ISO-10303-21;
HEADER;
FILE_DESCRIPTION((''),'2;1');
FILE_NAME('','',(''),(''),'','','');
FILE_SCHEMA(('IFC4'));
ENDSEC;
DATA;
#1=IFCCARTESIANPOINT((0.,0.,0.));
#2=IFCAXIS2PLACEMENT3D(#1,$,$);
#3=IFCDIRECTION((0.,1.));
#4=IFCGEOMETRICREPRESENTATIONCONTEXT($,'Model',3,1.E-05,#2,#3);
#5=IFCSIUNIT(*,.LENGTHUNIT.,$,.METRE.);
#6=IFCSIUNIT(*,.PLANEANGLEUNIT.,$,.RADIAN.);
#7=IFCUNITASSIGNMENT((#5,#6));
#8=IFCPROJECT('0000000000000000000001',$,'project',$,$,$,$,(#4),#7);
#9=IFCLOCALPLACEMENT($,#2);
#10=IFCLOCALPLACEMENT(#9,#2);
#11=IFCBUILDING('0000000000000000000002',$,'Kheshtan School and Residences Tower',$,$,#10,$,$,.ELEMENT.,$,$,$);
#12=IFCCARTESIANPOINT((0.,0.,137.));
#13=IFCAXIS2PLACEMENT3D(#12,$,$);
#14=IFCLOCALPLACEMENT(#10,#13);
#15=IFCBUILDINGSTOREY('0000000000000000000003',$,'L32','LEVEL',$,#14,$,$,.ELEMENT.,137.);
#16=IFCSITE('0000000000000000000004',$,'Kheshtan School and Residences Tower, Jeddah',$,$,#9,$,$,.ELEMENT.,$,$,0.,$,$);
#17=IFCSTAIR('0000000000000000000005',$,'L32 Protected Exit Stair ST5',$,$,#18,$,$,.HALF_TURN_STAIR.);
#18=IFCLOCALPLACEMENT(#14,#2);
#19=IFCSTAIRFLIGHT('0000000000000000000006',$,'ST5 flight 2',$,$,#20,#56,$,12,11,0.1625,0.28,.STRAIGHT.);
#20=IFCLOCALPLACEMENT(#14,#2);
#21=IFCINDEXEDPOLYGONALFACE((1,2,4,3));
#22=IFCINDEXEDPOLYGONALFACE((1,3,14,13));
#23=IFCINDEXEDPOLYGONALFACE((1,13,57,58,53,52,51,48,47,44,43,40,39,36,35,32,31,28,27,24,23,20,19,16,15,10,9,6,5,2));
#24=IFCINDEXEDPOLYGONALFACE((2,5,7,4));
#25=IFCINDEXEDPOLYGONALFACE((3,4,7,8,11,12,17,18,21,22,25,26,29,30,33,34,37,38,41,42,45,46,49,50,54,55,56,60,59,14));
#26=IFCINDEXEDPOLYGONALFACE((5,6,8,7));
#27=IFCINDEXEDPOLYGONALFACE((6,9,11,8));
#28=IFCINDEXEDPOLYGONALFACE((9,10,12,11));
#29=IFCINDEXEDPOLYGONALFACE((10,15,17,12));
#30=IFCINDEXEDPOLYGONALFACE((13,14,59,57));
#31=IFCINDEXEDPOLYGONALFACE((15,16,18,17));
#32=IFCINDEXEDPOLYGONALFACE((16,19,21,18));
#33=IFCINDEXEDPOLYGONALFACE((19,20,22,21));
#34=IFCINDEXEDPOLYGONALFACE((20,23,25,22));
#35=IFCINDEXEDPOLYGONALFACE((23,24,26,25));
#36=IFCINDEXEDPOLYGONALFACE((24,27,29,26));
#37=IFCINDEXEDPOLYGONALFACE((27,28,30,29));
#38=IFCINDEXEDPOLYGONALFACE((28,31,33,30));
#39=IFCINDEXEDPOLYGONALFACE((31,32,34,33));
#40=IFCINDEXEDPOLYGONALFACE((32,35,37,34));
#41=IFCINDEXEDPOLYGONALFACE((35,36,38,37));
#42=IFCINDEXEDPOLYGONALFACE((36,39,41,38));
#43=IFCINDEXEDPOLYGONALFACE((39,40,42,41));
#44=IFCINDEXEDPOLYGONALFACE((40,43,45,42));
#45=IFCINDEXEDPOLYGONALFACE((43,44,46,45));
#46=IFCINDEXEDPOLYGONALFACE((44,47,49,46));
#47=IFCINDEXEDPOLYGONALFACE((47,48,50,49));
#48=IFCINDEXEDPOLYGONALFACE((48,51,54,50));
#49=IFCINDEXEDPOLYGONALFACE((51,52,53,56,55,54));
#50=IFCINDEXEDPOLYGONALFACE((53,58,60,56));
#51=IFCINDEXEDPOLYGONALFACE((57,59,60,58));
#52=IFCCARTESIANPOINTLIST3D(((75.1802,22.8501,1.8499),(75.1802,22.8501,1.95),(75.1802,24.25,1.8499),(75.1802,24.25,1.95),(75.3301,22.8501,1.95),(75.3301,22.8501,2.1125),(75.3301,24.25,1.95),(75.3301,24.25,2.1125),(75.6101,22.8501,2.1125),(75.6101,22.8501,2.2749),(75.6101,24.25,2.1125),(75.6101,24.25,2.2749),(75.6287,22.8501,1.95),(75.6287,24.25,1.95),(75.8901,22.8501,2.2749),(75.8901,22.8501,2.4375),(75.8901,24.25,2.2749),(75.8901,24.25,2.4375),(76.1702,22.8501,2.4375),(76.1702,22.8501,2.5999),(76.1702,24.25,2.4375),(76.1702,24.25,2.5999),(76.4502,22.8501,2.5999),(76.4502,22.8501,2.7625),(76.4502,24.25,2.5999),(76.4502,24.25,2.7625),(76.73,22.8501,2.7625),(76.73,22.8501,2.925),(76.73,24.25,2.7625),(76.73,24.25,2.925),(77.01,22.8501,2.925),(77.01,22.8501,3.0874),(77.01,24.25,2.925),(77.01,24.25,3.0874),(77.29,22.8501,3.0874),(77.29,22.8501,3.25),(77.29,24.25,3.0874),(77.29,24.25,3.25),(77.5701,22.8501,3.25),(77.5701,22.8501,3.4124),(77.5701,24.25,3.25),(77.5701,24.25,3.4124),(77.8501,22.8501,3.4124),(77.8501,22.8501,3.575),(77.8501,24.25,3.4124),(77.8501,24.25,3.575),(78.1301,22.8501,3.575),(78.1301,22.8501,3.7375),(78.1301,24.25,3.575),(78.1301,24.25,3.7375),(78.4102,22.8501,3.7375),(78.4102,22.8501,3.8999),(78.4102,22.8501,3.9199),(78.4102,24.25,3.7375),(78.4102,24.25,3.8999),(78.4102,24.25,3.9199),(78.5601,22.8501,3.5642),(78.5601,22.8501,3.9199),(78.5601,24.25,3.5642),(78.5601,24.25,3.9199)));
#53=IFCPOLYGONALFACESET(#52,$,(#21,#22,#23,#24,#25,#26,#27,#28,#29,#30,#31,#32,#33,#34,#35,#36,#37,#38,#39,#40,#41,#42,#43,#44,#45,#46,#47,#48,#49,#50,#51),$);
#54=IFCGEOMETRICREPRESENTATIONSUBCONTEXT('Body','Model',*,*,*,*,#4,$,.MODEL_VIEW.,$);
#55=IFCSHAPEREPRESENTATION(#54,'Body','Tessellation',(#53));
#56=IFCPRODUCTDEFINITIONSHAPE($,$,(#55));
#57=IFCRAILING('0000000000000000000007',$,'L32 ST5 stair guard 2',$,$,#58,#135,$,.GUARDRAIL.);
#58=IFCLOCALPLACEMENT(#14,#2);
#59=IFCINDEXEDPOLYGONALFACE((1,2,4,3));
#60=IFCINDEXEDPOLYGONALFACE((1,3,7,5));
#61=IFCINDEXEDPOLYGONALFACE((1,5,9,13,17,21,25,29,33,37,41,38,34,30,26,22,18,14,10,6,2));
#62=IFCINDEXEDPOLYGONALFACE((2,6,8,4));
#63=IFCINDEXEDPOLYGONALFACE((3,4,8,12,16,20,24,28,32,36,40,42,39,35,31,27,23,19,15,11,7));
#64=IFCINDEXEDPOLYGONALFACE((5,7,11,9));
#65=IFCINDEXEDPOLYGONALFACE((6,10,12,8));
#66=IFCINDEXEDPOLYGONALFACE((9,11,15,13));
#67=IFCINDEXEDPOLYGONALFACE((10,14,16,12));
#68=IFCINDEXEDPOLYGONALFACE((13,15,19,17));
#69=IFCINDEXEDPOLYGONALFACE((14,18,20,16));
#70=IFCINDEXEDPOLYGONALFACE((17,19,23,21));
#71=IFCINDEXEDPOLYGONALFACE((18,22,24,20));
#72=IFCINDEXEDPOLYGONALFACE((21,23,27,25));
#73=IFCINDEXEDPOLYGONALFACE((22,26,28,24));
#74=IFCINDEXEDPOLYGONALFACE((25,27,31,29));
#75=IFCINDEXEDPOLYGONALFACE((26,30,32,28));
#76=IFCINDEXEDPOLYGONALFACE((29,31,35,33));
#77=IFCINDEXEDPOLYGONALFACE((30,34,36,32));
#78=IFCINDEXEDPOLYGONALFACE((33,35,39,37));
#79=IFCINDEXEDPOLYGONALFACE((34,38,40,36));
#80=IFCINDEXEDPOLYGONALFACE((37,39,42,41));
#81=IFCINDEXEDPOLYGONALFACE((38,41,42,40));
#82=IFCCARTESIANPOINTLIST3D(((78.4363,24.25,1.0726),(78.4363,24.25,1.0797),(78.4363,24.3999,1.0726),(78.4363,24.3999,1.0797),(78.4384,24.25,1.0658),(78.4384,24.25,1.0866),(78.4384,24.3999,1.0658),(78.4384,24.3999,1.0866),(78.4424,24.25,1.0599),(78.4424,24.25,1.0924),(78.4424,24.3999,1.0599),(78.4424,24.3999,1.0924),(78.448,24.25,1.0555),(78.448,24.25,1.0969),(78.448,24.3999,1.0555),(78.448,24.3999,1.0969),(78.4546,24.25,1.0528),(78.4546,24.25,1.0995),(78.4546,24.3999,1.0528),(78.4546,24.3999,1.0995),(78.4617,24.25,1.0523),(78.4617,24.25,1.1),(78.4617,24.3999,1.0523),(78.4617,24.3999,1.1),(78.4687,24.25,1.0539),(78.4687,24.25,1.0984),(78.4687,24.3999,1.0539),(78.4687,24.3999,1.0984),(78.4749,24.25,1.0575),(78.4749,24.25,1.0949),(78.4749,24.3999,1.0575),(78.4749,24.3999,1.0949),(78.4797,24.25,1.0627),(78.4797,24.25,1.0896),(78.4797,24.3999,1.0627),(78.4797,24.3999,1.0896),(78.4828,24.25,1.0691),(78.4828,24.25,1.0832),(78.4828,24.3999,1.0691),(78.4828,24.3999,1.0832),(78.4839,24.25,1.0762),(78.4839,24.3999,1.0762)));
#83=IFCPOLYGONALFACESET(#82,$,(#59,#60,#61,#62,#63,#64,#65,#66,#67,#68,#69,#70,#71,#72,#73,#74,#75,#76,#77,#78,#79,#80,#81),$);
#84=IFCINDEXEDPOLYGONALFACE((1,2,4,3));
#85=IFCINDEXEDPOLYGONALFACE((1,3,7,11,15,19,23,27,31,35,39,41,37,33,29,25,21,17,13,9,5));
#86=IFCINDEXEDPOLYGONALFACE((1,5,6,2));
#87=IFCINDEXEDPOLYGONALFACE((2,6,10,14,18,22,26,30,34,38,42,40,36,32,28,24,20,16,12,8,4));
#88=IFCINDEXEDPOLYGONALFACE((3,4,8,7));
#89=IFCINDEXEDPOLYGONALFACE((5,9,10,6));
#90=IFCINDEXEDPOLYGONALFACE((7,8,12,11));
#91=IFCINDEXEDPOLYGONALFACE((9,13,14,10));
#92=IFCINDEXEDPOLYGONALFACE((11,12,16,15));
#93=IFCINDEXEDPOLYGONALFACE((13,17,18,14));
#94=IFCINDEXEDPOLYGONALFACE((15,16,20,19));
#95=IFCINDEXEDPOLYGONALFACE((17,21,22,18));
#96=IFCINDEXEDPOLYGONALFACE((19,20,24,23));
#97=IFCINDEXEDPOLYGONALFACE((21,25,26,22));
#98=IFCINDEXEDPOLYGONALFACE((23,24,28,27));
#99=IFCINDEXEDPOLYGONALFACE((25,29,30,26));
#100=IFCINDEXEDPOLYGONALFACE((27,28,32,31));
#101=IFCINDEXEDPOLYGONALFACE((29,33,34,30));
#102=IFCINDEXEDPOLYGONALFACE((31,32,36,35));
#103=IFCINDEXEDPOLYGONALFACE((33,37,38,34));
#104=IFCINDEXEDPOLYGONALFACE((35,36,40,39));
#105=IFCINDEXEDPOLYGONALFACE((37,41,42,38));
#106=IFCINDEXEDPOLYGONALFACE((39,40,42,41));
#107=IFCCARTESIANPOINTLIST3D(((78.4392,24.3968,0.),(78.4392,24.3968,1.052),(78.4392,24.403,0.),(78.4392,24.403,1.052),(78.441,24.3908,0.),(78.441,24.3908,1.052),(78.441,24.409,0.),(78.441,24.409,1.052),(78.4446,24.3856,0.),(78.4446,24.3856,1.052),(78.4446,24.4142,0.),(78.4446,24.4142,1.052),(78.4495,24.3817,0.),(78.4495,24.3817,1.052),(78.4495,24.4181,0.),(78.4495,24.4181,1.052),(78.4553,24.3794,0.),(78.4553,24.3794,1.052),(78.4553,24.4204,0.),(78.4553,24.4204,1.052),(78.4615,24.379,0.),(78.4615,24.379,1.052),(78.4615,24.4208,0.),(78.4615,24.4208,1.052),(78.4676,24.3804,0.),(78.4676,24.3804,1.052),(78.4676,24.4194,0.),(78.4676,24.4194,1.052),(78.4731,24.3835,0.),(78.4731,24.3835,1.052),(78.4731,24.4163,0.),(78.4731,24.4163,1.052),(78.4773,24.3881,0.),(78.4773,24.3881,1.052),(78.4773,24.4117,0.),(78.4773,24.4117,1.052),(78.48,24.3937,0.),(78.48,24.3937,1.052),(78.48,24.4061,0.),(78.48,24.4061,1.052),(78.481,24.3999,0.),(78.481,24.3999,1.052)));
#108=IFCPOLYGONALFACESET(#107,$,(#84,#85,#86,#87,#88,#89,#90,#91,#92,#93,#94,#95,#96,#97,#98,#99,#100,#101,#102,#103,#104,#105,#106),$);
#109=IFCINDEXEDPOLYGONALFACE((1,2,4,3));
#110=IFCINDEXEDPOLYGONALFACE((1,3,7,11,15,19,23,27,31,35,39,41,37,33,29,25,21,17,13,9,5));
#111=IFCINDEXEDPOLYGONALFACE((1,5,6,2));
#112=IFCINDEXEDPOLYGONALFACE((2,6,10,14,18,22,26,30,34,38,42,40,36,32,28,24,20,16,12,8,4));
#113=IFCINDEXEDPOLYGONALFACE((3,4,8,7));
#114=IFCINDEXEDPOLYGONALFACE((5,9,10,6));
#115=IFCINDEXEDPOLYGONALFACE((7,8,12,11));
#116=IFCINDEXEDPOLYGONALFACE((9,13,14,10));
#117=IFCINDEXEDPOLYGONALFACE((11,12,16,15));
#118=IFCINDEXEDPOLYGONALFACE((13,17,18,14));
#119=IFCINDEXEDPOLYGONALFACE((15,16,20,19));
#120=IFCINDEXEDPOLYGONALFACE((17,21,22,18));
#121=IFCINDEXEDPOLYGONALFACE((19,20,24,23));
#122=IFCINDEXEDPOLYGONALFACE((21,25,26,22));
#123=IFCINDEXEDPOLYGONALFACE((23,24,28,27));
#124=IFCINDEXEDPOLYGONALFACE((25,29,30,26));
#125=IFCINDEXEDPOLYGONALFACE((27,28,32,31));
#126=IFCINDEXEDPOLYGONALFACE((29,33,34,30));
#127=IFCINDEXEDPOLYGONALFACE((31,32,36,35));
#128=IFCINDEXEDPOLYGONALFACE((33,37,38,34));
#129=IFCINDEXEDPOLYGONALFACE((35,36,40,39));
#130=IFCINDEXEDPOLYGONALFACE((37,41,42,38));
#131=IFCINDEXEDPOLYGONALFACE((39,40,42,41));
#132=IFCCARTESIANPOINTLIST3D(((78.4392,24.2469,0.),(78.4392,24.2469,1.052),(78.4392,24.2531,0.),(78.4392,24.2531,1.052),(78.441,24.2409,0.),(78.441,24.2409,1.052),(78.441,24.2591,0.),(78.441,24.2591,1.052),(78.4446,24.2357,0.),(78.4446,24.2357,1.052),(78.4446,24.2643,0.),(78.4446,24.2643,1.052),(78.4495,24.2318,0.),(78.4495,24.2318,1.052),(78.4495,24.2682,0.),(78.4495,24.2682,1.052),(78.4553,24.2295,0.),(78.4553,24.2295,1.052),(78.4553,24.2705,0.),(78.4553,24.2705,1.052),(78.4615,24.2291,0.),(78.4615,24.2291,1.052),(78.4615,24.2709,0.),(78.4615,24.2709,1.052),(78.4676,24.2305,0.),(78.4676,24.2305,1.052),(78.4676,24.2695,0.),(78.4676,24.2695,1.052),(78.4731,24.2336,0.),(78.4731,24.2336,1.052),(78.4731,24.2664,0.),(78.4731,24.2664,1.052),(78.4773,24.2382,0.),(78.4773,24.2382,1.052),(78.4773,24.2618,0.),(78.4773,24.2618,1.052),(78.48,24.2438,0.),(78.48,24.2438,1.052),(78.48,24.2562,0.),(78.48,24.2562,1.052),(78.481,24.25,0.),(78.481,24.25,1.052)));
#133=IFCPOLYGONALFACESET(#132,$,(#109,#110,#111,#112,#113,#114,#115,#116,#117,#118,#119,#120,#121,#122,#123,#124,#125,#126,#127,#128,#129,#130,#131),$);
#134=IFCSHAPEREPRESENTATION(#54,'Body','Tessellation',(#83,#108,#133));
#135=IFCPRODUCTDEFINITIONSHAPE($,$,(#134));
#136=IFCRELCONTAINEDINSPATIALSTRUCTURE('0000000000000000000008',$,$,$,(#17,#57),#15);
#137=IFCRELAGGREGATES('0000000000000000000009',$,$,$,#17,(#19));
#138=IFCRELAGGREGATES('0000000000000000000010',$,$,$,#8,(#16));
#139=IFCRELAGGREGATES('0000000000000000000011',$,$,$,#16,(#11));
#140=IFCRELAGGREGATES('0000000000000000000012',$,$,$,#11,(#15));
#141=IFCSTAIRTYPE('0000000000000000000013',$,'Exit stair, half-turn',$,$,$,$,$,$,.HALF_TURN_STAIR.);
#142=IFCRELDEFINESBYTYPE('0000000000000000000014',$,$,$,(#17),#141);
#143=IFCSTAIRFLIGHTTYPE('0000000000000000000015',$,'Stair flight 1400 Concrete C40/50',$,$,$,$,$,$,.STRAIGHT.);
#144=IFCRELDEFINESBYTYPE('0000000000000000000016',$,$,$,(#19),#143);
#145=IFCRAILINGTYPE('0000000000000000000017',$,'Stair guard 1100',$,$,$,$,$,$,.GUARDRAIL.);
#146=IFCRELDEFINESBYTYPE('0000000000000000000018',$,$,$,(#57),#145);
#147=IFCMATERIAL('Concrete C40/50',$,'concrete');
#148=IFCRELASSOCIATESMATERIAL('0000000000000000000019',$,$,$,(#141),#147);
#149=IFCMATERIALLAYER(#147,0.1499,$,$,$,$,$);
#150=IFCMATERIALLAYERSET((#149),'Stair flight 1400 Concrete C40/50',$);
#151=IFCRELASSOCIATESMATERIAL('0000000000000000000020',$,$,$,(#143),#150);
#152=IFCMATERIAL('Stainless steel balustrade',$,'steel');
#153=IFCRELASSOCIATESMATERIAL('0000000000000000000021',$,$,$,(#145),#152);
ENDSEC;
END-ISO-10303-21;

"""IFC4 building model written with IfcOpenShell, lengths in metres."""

from ifc_helpers import new_model, si_unit, direction, frame, origin, origin_2d, place, context, subcontext, project, spatial, polyline, circle, outline, extrude, material, layer, layer_set, type_object, element, aggregate, save


model = new_model("IFC4")

# Units and contexts
model_context = context("Model", 3, precision=1e-05, world=origin(), true_north=direction((0.0, 1.0)))
body_context = subcontext(model_context, "Body", "Model", "MODEL_VIEW")
ifc_project = project(units=[si_unit("LENGTHUNIT", "METRE"), si_unit("PLANEANGLEUNIT", "RADIAN")], contexts=[model_context])

# Site, building, storey
site_placement = place(None, origin())
site = spatial("IfcSite", under=ifc_project, at=site_placement, Name="Kheshtan School and Residences Tower, Jeddah", CompositionType="ELEMENT", RefElevation=0.0)
building_placement = place(site_placement, origin())
building = spatial("IfcBuilding", under=site, at=building_placement, Name="Kheshtan School and Residences Tower", CompositionType="ELEMENT")
storey_placement = place(building_placement, frame((0.0, 0.0, 137.0)))
storey = spatial("IfcBuildingStorey", under=building, at=storey_placement, Name="L32", Description="LEVEL", CompositionType="ELEMENT", Elevation=137.0)

# Shared definitions
ifc_material_1 = material(Name="Concrete C40/50", Category="concrete")

# Stair, stair flight
stair_type = type_object("IfcStairType", Name="Exit stair, half-turn", PredefinedType="HALF_TURN_STAIR", material=ifc_material_1)
stair_placement = place(storey_placement, origin())
stair = element("IfcStair", 1, at=stair_placement, inside=storey, type_object=stair_type, Name="L32 Protected Exit Stair ST5", PredefinedType="HALF_TURN_STAIR")
ifc_layer_1 = layer(ifc_material_1, 0.1499)
ifc_layer_set_1 = layer_set([ifc_layer_1], Name="Stair flight 1400 Concrete C40/50")
stair_flight_type = type_object("IfcStairFlightType", Name="Stair flight 1400 Concrete C40/50", PredefinedType="STRAIGHT", material=ifc_layer_set_1)
stair_flight_1_placement = place(storey_placement, frame((75.3301, 23.55, 1.95), z_axis=(0.0, 0.0, 1.0), x_axis=(1.0, 0.0, 0.0)))
stair_flight_1 = element("IfcStairFlight", 2, at=stair_flight_1_placement, type_object=stair_flight_type, Name="ST5 flight 2", NumberOfRisers=12, NumberOfTreads=11, PredefinedType="STRAIGHT", RiserHeight=0.1625, TreadLength=0.28, context=body_context, shape_type="SweptSolid", body=[
    extrude(outline(polyline([(-0.1499, -0.1001), (-0.1499, 0.0), (0.0, 0.0), (0.0, 0.1626), (0.28, 0.1626), (0.28, 0.325), (0.5601, 0.325), (0.5601, 0.4875), (0.8401, 0.4875), (0.8401, 0.6499), (1.1201, 0.6499), (1.1201, 0.8125), (1.3999, 0.8125), (1.3999, 0.9751), (1.6799, 0.9751), (1.6799, 1.1375), (1.96, 1.1375), (1.96, 1.3), (2.24, 1.3), (2.24, 1.4624), (2.52, 1.4624), (2.52, 1.625), (2.8, 1.625), (2.8, 1.7876), (3.0801, 1.7876), (3.0801, 1.95), (3.0801, 1.97), (3.23, 1.97), (3.23, 1.6143), (0.2986, 0.0), (-0.1499, -0.1001)])), frame((0.0, 0.7, 0.0), z_axis=(0.0, -1.0, 0.0), x_axis=(1.0, 0.0, 0.0)), (0.0, 0.0, 1.0), 1.3999),
])
aggregate(stair, [stair_flight_1])

# Railing
ifc_material_2 = material(Name="Stainless steel balustrade", Category="steel")
railing_type_1 = type_object("IfcRailingType", Name="Stair guard 1100", PredefinedType="GUARDRAIL", material=ifc_material_2)
railing_1_placement = place(storey_placement, frame((78.46, 24.3999, 0.0)))
element("IfcRailing", 3, at=railing_1_placement, inside=storey, type_object=railing_type_1, Name="L32 ST5 stair guard 2", PredefinedType="GUARDRAIL", context=body_context, shape_type="SweptSolid", body=[
    extrude(circle(Radius=0.0239, at=origin_2d()), frame((0.0, 0.0, 1.0762), z_axis=(0.0, -1.0, 0.0), x_axis=(1.0, 0.0, 0.0)), (0.0, 0.0, 1.0), 0.1499),
    extrude(circle(Radius=0.021, at=origin_2d()), origin(), (0.0, 0.0, 1.0), 1.052),
    extrude(circle(Radius=0.021, at=origin_2d()), frame((0.0, -0.1499, 0.0)), (0.0, 0.0, 1.0), 1.052),
])

save(model, "model.ifc")
